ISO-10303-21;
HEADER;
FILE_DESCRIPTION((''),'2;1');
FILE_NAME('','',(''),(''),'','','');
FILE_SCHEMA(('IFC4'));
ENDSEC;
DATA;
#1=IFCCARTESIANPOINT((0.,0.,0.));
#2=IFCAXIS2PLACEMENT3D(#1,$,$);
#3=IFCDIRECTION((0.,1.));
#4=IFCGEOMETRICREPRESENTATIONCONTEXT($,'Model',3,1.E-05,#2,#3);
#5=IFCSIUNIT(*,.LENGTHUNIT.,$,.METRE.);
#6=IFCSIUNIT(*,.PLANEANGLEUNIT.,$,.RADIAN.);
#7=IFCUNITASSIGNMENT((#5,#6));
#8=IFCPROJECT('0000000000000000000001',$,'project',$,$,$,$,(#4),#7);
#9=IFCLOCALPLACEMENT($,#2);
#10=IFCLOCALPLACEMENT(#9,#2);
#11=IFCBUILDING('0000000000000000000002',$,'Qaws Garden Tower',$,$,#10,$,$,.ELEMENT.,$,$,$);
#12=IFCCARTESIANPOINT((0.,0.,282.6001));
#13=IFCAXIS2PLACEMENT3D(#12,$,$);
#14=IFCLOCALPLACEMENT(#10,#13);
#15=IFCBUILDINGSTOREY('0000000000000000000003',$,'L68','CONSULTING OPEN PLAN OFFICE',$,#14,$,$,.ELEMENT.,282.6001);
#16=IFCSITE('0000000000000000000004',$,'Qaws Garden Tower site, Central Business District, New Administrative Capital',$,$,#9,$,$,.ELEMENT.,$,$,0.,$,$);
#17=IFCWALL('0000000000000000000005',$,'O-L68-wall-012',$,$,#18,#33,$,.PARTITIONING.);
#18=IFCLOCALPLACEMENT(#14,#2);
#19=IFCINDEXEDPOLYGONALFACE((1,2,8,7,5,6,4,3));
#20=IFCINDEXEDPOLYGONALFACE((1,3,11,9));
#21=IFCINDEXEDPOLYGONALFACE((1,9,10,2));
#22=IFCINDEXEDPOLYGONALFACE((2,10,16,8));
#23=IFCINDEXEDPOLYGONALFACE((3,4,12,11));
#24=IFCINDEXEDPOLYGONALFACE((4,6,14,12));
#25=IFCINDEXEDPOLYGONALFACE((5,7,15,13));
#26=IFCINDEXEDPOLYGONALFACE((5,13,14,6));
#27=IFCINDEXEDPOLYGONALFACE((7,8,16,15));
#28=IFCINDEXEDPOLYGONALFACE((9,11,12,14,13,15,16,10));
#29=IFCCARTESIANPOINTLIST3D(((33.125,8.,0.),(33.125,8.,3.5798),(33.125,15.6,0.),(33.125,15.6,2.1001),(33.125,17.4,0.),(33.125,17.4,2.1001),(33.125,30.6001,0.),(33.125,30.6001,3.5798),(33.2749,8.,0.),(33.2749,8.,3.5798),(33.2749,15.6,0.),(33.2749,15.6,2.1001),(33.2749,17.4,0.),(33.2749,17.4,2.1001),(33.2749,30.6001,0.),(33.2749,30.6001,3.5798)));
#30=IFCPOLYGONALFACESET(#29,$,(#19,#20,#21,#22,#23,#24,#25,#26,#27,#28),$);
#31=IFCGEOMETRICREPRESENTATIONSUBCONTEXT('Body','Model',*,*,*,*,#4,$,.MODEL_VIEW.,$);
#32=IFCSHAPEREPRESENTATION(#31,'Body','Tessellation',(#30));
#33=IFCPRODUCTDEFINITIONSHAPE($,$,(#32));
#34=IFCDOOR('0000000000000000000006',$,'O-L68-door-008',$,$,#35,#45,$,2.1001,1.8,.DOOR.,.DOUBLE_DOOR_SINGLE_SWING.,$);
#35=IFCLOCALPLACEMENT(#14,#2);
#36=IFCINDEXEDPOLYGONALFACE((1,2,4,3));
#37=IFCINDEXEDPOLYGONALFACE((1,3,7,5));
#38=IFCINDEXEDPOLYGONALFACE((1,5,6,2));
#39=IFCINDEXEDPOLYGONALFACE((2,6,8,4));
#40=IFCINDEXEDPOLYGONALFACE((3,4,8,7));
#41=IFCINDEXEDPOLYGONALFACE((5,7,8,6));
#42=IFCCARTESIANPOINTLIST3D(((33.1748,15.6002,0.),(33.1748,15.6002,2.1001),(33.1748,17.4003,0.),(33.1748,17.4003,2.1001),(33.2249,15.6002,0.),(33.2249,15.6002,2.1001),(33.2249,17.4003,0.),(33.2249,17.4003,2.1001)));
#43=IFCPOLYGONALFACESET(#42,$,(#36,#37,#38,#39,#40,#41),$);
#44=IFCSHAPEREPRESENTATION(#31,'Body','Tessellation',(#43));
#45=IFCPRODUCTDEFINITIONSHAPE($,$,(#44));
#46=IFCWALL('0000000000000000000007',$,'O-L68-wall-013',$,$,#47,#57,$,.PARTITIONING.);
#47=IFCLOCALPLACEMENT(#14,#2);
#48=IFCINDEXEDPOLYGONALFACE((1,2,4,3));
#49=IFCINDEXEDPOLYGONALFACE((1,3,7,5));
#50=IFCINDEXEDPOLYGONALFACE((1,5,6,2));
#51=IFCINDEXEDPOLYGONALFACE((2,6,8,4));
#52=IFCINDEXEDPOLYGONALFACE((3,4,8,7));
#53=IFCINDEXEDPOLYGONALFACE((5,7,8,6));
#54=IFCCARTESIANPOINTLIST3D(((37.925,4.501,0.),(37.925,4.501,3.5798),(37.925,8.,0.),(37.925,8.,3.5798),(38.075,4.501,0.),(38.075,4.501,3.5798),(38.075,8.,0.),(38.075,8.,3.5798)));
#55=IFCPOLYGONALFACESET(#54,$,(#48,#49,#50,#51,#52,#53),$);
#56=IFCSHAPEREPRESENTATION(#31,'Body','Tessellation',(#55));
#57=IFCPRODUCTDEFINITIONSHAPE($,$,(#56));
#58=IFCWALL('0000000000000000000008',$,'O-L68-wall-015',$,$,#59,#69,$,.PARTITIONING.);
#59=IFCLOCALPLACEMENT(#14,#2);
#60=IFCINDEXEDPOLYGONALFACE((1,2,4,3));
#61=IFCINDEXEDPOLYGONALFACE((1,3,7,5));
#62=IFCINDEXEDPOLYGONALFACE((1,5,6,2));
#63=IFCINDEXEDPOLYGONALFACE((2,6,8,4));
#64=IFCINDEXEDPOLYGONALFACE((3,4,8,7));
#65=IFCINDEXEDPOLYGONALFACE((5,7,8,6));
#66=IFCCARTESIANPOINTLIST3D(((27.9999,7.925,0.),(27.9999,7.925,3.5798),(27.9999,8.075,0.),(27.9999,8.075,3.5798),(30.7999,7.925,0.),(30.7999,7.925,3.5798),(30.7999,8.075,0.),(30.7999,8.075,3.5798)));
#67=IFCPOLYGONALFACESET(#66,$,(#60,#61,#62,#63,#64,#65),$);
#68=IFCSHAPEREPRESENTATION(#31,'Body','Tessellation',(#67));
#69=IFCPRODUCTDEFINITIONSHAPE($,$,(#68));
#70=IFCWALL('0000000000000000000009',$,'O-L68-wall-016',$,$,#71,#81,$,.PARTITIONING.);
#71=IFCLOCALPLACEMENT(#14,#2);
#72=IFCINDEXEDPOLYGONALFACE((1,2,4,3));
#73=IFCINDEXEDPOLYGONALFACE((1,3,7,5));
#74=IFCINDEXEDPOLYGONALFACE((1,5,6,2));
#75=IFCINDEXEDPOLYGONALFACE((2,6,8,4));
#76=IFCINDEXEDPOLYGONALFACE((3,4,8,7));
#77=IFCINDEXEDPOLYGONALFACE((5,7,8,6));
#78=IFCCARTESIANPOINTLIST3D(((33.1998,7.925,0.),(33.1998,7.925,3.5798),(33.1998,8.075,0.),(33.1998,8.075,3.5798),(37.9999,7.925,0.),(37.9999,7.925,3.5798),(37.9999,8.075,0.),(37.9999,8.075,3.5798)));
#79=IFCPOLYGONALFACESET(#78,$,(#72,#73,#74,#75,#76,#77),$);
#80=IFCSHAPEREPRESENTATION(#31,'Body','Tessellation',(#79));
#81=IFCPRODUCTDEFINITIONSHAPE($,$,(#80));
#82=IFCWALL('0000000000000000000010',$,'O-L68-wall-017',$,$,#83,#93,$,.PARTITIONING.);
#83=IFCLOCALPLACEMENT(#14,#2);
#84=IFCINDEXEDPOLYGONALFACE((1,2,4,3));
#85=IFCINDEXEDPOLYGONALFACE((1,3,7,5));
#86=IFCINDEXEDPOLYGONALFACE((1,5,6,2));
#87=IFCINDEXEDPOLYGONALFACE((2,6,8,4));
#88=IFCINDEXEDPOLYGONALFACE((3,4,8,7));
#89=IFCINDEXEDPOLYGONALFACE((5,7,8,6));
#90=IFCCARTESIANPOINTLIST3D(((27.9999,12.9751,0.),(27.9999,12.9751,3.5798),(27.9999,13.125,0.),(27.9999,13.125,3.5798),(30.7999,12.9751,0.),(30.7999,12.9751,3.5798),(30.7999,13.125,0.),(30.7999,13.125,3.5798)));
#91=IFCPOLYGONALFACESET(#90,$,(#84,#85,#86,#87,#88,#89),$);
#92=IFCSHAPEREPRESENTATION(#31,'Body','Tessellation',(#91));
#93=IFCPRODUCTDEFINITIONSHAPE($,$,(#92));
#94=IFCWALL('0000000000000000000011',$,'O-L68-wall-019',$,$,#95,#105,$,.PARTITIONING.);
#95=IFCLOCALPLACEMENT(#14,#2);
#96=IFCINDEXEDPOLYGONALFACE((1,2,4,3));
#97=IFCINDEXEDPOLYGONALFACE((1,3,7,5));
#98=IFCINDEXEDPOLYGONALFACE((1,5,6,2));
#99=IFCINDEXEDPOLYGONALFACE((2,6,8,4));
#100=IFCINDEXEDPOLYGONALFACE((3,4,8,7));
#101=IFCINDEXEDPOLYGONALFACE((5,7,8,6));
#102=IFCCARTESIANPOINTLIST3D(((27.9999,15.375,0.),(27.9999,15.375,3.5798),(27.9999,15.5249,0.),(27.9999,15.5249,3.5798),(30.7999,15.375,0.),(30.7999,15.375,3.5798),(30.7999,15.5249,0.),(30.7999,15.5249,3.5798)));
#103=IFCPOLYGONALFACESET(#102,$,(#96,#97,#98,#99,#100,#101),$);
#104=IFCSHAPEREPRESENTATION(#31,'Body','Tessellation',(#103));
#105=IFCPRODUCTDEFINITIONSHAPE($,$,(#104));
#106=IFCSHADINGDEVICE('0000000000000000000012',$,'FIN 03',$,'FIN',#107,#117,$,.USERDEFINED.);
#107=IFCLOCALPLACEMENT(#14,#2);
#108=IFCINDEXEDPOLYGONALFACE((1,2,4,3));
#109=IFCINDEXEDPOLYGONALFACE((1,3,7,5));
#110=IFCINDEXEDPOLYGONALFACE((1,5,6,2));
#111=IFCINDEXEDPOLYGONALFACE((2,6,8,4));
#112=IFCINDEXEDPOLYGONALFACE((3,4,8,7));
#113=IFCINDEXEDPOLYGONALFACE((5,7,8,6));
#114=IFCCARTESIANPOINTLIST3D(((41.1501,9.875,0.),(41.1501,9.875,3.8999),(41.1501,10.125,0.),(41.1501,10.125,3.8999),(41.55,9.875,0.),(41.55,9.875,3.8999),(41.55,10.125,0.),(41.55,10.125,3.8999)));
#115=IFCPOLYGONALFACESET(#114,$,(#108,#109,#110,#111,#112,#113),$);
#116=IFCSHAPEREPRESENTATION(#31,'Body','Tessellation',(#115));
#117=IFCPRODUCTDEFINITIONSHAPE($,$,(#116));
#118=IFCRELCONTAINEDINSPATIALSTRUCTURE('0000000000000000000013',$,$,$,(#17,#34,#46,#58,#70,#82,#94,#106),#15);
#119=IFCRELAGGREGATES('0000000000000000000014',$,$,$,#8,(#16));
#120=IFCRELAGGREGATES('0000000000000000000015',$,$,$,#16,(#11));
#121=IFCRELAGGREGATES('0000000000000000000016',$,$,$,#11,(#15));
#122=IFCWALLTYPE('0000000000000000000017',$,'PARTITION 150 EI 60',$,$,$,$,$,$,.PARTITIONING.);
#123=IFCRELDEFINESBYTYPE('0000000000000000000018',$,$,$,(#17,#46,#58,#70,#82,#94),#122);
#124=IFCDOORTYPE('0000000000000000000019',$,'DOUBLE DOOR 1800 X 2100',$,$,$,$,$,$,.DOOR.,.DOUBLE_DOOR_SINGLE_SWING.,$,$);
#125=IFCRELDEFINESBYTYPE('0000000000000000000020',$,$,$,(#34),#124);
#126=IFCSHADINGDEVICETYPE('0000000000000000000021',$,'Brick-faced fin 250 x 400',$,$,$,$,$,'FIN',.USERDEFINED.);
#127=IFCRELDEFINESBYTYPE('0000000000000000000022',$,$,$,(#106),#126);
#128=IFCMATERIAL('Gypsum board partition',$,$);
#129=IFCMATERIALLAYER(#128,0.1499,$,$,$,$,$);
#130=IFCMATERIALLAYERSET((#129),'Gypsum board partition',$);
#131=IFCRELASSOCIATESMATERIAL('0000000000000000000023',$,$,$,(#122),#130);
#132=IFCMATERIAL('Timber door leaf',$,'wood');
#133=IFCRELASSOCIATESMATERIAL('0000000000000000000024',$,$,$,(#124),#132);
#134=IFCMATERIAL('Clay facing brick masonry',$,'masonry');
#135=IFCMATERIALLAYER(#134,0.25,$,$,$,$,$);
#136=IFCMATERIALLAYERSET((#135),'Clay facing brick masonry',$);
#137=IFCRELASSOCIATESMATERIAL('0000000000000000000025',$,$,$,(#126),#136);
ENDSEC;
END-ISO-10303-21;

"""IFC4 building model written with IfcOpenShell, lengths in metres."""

from ifc_helpers import new_model, si_unit, direction, frame, frame_2d, origin, origin_2d, place, context, subcontext, project, spatial, rectangle, extrude, material, layer, layer_set, type_object, element, fill, save


model = new_model("IFC4")

# Units and contexts
model_context = context("Model", 3, precision=1e-05, world=origin(), true_north=direction((0.0, 1.0)))
body_context = subcontext(model_context, "Body", "Model", "MODEL_VIEW")
ifc_project = project(units=[si_unit("LENGTHUNIT", "METRE"), si_unit("PLANEANGLEUNIT", "RADIAN")], contexts=[model_context])

# Site, building, storey
site_placement = place(None, origin())
site = spatial("IfcSite", under=ifc_project, at=site_placement, Name="Qaws Garden Tower site, Central Business District, New Administrative Capital", CompositionType="ELEMENT", RefElevation=0.0)
building_placement = place(site_placement, origin())
building = spatial("IfcBuilding", under=site, at=building_placement, Name="Qaws Garden Tower", CompositionType="ELEMENT")
storey_placement = place(building_placement, frame((0.0, 0.0, 282.6001)))
storey = spatial("IfcBuildingStorey", under=building, at=storey_placement, Name="L68", Description="CONSULTING OPEN PLAN OFFICE", CompositionType="ELEMENT", Elevation=282.6001)

# Wall, opening, door
ifc_material_1 = material(Name="Gypsum board partition")
ifc_layer_1 = layer(ifc_material_1, 0.1499)
ifc_layer_set_1 = layer_set([ifc_layer_1], Name="Gypsum board partition")
wall_type_1 = type_object("IfcWallType", Name="PARTITION 150 EI 60", PredefinedType="PARTITIONING", material=ifc_layer_set_1)
wall_1_placement = place(storey_placement, frame((33.2, 8.0, 0.0), z_axis=(0.0, 0.0, 1.0), x_axis=(0.0, 1.0, 0.0)))
wall_1 = element("IfcWall", 1, at=wall_1_placement, inside=storey, type_object=wall_type_1, Name="O-L68-wall-012", PredefinedType="PARTITIONING", context=body_context, shape_type="SweptSolid", body=[
    extrude(rectangle(XDim=22.6001, YDim=0.1499, at=frame_2d((11.3, 0.0))), origin(), (0.0, 0.0, 1.0), 3.5798),
])
opening_1_placement = place(wall_1_placement, frame((7.6001, 0.0, 0.0)))
opening_1 = element("IfcOpeningElement", 2, at=opening_1_placement, cuts=wall_1, PredefinedType="OPENING", context=body_context, shape_type="SweptSolid", body=[
    extrude(rectangle(XDim=1.8, YDim=2.1001, at=frame_2d((0.8999, 1.05))), frame((0.0, 0.085, 0.0), z_axis=(0.0, -1.0, 0.0), x_axis=(1.0, 0.0, 0.0)), (0.0, 0.0, 1.0), 0.1699),
])
ifc_material_2 = material(Name="Timber door leaf", Category="wood")
door_type_1 = type_object("IfcDoorType", Name="DOUBLE DOOR 1800 X 2100", OperationType="DOUBLE_DOOR_SINGLE_SWING", PredefinedType="DOOR", material=ifc_material_2)
door_1_placement = place(opening_1_placement, frame((1.8, 0.0, 0.0), z_axis=(0.0, 0.0, 1.0), x_axis=(-1.0, 0.0, 0.0)))
door_1 = element("IfcDoor", 3, at=door_1_placement, inside=storey, type_object=door_type_1, Name="O-L68-door-008", OperationType="DOUBLE_DOOR_SINGLE_SWING", OverallHeight=2.1001, OverallWidth=1.8, PredefinedType="DOOR", context=body_context, shape_type="SweptSolid", body=[
    extrude(rectangle(XDim=1.8, YDim=2.1001, at=frame_2d((0.8999, 1.05))), frame((0.0, 0.0249, 0.0), z_axis=(0.0, -1.0, 0.0), x_axis=(1.0, 0.0, 0.0)), (0.0, 0.0, 1.0), 0.05),
])
fill(opening_1, door_1)

# Walls
wall_2_placement = place(storey_placement, frame((38.0, 4.501, 0.0), z_axis=(0.0, 0.0, 1.0), x_axis=(0.0, 1.0, 0.0)))
element("IfcWall", 4, at=wall_2_placement, inside=storey, type_object=wall_type_1, Name="O-L68-wall-013", PredefinedType="PARTITIONING", context=body_context, shape_type="SweptSolid", body=[
    extrude(rectangle(XDim=3.499, YDim=0.1499, at=frame_2d((1.7495, 0.0))), origin(), (0.0, 0.0, 1.0), 3.5798),
])
wall_3_placement = place(storey_placement, frame((28.0, 8.0, 0.0), z_axis=(0.0, 0.0, 1.0), x_axis=(1.0, 0.0, 0.0)))
element("IfcWall", 5, at=wall_3_placement, inside=storey, type_object=wall_type_1, Name="O-L68-wall-015", PredefinedType="PARTITIONING", context=body_context, shape_type="SweptSolid", body=[
    extrude(rectangle(XDim=2.8, YDim=0.1499, at=frame_2d((1.3999, 0.0))), origin(), (0.0, 0.0, 1.0), 3.5798),
])
wall_4_placement = place(storey_placement, frame((33.2, 8.0, 0.0), z_axis=(0.0, 0.0, 1.0), x_axis=(1.0, 0.0, 0.0)))
element("IfcWall", 6, at=wall_4_placement, inside=storey, type_object=wall_type_1, Name="O-L68-wall-016", PredefinedType="PARTITIONING", context=body_context, shape_type="SweptSolid", body=[
    extrude(rectangle(XDim=4.8, YDim=0.1499, at=frame_2d((2.3999, 0.0))), origin(), (0.0, 0.0, 1.0), 3.5798),
])
for number, where, z_axis, x_axis, name in (
    (7, (28.0, 13.05, 0.0), (0.0, 0.0, 1.0), (1.0, 0.0, 0.0), "O-L68-wall-017"),
    (8, (28.0, 15.45, 0.0), (0.0, 0.0, 1.0), (1.0, 0.0, 0.0), "O-L68-wall-019"),
):
    element("IfcWall", number, at=place(storey_placement, frame(where, z_axis=z_axis, x_axis=x_axis)), inside=storey, type_object=wall_type_1, Name=name, PredefinedType="PARTITIONING", context=body_context, shape_type="SweptSolid", body=[
        extrude(rectangle(XDim=2.8, YDim=0.1499, at=frame_2d((1.3999, 0.0))), origin(), (0.0, 0.0, 1.0), 3.5798),
    ])

# Shading device
ifc_material_3 = material(Name="Clay facing brick masonry", Category="masonry")
ifc_layer_2 = layer(ifc_material_3, 0.25)
ifc_layer_set_2 = layer_set([ifc_layer_2], Name="Clay facing brick masonry")
shading_device_type = type_object("IfcShadingDeviceType", Name="Brick-faced fin 250 x 400", ElementType="FIN", PredefinedType="USERDEFINED", material=ifc_layer_set_2)
shading_device_placement = place(storey_placement, frame((41.3501, 10.0, 0.0), z_axis=(0.0, 0.0, 1.0), x_axis=(0.0, 1.0, 0.0)))
element("IfcShadingDevice", 9, at=shading_device_placement, inside=storey, type_object=shading_device_type, Name="FIN 03", ObjectType="FIN", PredefinedType="USERDEFINED", context=body_context, shape_type="SweptSolid", body=[
    extrude(rectangle(XDim=0.25, YDim=0.3999, at=origin_2d()), origin(), (0.0, 0.0, 1.0), 3.8999),
])

save(model, "model.ifc")
